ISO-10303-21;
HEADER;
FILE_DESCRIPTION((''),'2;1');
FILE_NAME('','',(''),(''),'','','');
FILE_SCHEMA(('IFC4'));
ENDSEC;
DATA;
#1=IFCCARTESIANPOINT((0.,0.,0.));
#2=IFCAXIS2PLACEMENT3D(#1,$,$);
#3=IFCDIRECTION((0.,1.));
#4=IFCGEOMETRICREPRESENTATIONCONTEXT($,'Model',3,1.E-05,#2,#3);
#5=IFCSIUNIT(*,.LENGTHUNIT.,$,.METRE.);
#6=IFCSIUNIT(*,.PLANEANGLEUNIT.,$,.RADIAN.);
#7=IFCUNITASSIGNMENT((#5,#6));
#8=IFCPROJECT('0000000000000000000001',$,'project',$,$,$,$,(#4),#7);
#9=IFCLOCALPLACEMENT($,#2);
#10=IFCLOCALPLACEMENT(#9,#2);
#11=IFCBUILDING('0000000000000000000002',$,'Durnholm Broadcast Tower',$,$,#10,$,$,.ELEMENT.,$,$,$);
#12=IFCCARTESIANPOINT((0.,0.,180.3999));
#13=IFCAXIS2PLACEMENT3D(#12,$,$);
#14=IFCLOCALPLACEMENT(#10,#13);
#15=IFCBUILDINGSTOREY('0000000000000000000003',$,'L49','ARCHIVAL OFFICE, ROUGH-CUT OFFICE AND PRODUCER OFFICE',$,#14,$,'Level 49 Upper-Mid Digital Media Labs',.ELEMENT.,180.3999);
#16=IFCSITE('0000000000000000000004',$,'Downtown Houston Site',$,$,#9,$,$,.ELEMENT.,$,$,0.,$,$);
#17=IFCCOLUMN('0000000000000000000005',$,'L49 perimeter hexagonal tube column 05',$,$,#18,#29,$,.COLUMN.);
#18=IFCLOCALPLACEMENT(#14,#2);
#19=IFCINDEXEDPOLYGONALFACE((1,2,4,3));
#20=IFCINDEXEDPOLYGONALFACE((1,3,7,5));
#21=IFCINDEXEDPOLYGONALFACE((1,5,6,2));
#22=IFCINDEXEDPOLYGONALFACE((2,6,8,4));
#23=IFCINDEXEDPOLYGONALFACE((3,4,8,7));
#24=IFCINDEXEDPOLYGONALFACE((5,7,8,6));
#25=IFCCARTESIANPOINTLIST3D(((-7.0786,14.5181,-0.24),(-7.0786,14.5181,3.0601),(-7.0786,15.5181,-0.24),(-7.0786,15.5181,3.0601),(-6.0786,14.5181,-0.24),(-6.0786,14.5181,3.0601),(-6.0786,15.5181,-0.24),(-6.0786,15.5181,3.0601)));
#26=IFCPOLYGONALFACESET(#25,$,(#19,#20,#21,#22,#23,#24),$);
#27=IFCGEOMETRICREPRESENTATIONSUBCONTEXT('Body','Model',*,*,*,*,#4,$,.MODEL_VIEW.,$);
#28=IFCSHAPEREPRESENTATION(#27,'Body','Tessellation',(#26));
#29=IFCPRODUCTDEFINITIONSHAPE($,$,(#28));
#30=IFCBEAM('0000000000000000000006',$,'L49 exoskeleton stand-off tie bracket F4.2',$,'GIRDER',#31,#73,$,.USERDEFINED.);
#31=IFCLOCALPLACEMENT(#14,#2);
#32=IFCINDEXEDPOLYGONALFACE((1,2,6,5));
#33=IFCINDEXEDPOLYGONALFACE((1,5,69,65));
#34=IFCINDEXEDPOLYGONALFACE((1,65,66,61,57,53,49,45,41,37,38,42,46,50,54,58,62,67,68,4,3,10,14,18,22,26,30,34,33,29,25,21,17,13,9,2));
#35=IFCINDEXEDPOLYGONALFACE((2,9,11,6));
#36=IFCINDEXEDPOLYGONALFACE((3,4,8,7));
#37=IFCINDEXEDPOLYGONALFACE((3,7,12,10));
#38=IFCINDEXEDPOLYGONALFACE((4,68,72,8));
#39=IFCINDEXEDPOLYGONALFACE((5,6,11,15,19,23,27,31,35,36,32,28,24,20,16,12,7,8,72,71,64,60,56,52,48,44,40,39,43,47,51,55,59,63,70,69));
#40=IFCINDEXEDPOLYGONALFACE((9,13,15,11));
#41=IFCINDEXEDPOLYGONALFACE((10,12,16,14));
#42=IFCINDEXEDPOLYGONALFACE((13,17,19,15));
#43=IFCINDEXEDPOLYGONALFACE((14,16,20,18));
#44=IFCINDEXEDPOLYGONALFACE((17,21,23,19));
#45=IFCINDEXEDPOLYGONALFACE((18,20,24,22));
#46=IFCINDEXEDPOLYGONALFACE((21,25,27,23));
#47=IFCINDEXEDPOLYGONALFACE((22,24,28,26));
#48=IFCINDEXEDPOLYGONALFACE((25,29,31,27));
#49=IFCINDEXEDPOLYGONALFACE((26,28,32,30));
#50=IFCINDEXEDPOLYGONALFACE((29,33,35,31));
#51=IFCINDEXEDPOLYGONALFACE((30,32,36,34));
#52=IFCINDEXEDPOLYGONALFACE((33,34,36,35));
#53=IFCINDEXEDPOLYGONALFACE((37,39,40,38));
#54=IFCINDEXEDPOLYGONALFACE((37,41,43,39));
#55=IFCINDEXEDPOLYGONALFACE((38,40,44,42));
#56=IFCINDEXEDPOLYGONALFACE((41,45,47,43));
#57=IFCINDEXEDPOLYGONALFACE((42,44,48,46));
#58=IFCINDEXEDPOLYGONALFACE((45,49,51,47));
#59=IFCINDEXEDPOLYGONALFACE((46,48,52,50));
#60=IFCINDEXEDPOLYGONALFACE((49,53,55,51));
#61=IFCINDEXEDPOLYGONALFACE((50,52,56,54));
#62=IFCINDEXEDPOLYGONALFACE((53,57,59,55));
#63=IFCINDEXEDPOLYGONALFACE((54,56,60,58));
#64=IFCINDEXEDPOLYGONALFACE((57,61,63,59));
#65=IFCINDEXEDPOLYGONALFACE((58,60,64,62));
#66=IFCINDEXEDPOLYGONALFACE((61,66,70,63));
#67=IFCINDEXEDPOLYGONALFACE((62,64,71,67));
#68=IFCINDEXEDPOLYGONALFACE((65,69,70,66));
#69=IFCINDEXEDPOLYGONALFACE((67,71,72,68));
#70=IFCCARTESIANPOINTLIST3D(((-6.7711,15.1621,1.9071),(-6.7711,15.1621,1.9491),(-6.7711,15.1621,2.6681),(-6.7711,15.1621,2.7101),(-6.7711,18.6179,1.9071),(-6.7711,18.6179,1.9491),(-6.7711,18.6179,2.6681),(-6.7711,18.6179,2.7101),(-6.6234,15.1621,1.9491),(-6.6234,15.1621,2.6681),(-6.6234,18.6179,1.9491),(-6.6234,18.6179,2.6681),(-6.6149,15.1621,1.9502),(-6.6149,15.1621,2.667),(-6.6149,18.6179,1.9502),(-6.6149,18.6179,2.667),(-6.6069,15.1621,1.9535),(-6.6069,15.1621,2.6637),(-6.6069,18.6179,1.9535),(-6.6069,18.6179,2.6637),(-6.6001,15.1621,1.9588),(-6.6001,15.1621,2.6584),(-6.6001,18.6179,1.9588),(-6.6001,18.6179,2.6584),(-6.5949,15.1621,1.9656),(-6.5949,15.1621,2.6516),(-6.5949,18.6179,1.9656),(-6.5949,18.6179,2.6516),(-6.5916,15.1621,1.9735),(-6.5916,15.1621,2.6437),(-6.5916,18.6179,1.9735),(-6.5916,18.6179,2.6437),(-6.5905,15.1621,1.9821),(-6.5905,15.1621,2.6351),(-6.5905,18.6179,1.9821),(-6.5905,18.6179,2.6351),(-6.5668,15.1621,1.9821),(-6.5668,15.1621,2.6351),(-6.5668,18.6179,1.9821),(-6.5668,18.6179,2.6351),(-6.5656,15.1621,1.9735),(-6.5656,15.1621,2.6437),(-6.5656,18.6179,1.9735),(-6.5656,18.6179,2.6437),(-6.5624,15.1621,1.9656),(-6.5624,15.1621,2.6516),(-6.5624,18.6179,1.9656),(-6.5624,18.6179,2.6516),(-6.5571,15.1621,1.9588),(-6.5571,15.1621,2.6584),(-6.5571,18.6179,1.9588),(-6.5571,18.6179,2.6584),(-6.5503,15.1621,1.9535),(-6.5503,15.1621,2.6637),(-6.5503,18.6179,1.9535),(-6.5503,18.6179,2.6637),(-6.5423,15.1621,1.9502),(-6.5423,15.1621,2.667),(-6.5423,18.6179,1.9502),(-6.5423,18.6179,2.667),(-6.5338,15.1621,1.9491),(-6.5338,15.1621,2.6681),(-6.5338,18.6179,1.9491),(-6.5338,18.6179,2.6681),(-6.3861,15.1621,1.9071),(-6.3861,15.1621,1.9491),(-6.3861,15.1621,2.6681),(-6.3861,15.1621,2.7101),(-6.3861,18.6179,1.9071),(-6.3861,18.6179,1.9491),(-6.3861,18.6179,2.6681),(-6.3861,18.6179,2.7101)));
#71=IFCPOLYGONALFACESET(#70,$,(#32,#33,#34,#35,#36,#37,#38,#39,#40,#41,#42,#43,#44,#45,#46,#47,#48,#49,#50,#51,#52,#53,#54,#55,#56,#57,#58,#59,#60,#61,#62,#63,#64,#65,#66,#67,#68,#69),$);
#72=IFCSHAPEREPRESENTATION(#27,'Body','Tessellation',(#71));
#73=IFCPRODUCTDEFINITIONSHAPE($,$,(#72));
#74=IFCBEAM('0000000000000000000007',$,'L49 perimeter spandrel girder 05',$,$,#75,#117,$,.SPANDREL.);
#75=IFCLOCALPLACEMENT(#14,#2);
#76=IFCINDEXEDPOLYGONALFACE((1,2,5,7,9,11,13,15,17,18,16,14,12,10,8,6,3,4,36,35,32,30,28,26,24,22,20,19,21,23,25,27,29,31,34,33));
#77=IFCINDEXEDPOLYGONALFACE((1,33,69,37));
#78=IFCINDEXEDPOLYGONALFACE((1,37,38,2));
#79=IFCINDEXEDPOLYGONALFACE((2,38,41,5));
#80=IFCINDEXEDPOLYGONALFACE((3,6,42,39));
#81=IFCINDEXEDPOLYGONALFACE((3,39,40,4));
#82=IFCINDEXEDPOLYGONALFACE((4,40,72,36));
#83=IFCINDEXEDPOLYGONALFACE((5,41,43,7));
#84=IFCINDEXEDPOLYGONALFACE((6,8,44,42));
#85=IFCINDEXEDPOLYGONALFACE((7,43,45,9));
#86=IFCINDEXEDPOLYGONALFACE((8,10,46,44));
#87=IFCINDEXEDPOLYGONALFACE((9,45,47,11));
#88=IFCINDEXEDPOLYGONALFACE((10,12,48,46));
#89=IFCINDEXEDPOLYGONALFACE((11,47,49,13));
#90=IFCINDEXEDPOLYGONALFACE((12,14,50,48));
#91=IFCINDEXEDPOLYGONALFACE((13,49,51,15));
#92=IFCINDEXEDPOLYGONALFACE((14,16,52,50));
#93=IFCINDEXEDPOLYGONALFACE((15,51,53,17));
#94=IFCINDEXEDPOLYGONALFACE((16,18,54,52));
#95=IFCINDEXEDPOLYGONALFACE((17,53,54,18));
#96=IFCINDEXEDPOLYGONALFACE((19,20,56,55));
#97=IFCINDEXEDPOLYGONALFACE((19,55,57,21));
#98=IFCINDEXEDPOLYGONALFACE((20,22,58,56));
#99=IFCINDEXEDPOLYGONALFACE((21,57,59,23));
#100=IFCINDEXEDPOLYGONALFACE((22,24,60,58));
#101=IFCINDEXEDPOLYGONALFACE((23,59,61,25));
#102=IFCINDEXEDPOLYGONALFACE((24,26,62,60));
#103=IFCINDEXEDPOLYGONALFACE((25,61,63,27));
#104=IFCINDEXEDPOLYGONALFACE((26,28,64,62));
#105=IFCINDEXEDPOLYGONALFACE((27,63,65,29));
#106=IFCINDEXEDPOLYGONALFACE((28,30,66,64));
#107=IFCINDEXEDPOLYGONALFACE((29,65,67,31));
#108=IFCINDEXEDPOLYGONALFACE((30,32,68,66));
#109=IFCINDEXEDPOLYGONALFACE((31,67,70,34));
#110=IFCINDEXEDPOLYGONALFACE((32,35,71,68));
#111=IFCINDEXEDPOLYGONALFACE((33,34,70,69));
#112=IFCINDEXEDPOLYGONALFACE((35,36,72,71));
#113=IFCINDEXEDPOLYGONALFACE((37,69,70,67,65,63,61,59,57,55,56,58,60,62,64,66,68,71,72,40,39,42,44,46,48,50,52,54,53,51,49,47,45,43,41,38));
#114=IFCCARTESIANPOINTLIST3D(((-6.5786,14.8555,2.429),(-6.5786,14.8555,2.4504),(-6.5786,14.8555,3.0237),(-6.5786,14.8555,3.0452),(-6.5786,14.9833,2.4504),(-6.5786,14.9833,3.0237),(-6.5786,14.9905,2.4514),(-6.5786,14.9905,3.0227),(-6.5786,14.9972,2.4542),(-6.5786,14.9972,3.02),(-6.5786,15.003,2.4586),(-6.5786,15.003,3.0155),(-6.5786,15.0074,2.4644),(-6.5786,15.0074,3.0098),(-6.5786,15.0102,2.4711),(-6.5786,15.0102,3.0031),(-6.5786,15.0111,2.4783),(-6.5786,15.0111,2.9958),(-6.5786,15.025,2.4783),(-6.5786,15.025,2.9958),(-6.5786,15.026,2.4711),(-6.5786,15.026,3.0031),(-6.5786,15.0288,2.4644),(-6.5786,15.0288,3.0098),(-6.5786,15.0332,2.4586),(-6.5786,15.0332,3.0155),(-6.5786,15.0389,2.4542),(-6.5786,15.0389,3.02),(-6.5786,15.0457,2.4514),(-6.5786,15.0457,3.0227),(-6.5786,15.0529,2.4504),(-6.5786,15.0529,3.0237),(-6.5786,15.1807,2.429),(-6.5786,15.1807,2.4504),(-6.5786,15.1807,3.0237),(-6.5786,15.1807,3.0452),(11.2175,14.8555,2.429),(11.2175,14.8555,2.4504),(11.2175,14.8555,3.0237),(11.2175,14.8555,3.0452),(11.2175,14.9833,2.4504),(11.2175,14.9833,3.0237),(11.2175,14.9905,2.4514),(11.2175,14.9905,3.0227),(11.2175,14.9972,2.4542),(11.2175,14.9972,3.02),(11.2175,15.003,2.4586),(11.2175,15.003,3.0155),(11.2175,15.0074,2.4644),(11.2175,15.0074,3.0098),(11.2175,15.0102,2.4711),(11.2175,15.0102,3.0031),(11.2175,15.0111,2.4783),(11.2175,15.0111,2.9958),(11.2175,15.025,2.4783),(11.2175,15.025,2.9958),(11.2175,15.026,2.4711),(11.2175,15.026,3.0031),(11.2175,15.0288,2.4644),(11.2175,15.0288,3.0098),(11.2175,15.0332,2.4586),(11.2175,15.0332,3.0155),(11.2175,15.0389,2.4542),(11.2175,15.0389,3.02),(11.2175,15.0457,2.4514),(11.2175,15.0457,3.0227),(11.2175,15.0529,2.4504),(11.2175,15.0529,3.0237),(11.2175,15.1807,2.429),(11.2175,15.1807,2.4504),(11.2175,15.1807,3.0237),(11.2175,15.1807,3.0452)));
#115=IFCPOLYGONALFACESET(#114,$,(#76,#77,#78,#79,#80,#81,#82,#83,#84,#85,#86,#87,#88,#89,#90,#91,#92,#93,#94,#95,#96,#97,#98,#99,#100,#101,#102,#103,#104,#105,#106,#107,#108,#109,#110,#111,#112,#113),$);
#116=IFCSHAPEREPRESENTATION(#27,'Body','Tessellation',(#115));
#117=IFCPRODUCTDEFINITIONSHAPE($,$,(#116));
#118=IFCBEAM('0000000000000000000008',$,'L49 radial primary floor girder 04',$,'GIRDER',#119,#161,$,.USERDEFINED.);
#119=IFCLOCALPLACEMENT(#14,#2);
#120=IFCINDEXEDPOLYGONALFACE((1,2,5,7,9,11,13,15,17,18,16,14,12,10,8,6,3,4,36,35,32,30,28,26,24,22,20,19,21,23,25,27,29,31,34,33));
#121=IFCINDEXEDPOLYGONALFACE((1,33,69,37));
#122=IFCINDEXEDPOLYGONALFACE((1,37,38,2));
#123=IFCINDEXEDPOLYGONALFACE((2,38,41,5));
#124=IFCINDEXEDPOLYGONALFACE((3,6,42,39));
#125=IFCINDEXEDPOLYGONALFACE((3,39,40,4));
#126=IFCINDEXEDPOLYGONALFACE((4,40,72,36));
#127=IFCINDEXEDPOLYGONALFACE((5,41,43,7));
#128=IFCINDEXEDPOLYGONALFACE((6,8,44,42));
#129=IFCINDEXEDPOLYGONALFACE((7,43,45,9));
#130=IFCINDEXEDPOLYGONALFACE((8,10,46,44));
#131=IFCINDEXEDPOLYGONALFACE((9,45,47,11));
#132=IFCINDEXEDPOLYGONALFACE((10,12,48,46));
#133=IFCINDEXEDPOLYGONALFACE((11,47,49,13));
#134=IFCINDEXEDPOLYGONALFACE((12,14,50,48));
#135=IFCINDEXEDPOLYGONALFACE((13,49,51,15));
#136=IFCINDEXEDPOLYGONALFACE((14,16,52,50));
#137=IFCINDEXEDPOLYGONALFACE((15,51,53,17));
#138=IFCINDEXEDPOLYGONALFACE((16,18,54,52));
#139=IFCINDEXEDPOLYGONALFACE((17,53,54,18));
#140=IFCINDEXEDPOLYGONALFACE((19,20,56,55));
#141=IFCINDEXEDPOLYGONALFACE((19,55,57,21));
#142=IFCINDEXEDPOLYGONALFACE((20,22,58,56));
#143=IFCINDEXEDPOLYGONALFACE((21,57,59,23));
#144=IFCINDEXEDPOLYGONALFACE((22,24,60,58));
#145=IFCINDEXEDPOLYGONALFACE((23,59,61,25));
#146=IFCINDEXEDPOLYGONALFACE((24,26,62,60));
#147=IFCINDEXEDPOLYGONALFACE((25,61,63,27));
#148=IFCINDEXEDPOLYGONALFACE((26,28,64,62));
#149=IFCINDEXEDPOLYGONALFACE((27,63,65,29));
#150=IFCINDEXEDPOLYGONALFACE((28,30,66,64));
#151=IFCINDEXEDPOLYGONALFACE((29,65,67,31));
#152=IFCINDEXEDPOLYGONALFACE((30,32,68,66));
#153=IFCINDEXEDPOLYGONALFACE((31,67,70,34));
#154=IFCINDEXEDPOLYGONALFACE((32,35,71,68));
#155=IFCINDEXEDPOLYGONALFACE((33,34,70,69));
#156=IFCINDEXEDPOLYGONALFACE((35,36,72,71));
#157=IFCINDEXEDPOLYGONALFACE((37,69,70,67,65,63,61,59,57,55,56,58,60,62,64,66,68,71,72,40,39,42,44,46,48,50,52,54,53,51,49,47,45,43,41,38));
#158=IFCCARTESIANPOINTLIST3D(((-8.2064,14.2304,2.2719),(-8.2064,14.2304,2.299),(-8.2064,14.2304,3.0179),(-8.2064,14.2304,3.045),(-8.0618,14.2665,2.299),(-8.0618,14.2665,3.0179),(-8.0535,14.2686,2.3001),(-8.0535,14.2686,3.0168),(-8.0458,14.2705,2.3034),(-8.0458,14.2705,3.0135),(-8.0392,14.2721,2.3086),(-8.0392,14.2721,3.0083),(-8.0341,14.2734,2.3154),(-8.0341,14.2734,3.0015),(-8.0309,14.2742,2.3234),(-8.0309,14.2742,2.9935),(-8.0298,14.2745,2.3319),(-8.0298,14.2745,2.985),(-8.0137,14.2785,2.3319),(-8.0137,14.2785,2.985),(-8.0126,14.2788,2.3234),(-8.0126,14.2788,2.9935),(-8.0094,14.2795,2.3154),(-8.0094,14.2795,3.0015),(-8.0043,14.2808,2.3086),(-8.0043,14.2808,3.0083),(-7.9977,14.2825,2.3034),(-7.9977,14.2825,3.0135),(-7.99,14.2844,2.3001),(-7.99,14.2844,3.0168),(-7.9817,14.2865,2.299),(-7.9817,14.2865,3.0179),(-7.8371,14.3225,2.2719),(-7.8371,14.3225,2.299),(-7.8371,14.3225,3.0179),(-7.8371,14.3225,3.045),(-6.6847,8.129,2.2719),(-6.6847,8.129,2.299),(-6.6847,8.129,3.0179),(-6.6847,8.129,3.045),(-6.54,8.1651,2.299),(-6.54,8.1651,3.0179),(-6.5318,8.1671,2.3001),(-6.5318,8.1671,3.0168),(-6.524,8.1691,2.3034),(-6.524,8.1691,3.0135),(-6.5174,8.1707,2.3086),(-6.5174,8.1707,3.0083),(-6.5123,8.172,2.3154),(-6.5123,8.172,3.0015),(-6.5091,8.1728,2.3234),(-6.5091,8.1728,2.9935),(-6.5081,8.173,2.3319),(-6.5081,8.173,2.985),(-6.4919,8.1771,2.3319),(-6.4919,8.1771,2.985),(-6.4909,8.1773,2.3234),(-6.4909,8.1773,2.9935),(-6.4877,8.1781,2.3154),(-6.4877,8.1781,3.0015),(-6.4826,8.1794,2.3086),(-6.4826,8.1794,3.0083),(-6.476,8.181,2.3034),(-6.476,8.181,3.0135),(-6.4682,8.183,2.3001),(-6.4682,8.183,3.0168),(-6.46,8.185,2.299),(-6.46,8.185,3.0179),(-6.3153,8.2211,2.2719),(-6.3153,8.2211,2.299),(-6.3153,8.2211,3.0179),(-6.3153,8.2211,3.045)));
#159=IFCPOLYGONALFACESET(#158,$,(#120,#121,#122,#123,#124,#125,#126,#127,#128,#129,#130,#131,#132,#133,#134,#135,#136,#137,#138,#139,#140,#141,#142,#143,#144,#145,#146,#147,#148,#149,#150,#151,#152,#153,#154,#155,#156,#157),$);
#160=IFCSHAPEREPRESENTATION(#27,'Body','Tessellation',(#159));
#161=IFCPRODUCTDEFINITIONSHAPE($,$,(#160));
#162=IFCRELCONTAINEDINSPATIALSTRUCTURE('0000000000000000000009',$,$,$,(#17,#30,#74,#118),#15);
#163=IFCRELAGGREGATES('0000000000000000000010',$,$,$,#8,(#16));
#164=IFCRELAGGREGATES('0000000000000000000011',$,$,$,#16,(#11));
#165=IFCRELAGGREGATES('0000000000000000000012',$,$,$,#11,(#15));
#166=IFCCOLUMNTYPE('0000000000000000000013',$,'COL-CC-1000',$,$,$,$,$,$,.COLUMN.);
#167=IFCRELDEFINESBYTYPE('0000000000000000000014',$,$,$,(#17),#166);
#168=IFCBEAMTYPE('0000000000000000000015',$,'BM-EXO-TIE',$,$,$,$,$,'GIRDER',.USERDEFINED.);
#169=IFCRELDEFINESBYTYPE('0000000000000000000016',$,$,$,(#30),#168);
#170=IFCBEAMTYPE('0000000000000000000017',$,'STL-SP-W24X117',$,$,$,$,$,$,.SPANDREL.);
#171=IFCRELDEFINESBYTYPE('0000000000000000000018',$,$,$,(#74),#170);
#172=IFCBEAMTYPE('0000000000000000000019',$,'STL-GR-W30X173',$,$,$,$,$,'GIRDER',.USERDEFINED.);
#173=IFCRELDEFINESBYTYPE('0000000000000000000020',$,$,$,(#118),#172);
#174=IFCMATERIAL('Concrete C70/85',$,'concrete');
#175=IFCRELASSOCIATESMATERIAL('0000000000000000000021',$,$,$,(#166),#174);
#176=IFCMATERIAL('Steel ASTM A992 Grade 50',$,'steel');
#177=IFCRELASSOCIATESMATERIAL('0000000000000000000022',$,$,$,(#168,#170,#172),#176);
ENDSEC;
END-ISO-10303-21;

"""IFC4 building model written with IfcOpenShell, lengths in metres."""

from ifc_helpers import new_model, si_unit, direction, frame, origin, origin_2d, place, context, subcontext, project, spatial, rectangle, i_section, extrude, source, transform, mapped, material, material_profile, profile_set, type_object, type_shapes, element, save


model = new_model("IFC4")

# Units and contexts
model_context = context("Model", 3, precision=1e-05, world=origin(), true_north=direction((0.0, 1.0)))
body_context = subcontext(model_context, "Body", "Model", "MODEL_VIEW")
ifc_project = project(units=[si_unit("LENGTHUNIT", "METRE"), si_unit("PLANEANGLEUNIT", "RADIAN")], contexts=[model_context])

# Site, building, storey
site_placement = place(None, origin())
site = spatial("IfcSite", under=ifc_project, at=site_placement, Name="Downtown Houston Site", CompositionType="ELEMENT", RefElevation=0.0)
building_placement = place(site_placement, origin())
building = spatial("IfcBuilding", under=site, at=building_placement, Name="Durnholm Broadcast Tower", CompositionType="ELEMENT")
storey_placement = place(building_placement, frame((0.0, 0.0, 180.3999)))
storey = spatial("IfcBuildingStorey", under=building, at=storey_placement, Name="L49", Description="ARCHIVAL OFFICE, ROUGH-CUT OFFICE AND PRODUCER OFFICE", LongName="Level 49 Upper-Mid Digital Media Labs", CompositionType="ELEMENT", Elevation=180.3999)

# Column
ifc_material_1 = material(Name="Concrete C70/85", Category="concrete")
ifc_material_profile_1 = material_profile(ifc_material_1, rectangle(XDim=1.0, YDim=1.0, at=origin_2d()), Name="RC1000X1000")
ifc_profile_set_1 = profile_set([ifc_material_profile_1], Name="Concrete C70/85")
column_type = type_object("IfcColumnType", Name="COL-CC-1000", PredefinedType="COLUMN", material=ifc_profile_set_1)
shared_shape_1 = source(origin(), body_context, "Body", "SweptSolid", [
    extrude(rectangle(XDim=1.0, YDim=1.0, at=origin_2d()), origin(), (0.0, 0.0, 1.0), 3.3),
])
type_shapes(column_type, [shared_shape_1])
column_placement = place(storey_placement, frame((-6.5786, 15.0181, -0.24), z_axis=(0.0, 0.0, 1.0), x_axis=(1.0, 0.0, 0.0)))
element("IfcColumn", 1, at=column_placement, inside=storey, type_object=column_type, Name="L49 perimeter hexagonal tube column 05", PredefinedType="COLUMN", context=body_context, shape_type="MappedRepresentation", body=[
    mapped(shared_shape_1, transform((0.0, 0.0, 0.0), x_axis=(1.0, 0.0, 0.0), y_axis=(0.0, 1.0, 0.0), z_axis=(0.0, 0.0, 1.0), scale=1.0)),
])

# Beams
ifc_material_2 = material(Name="Steel ASTM A992 Grade 50", Category="steel")
ifc_material_profile_2 = material_profile(ifc_material_2, i_section(OverallWidth=0.385, OverallDepth=0.803, WebThickness=0.0237, FlangeThickness=0.042, FilletRadius=0.033, at=origin_2d()), Name="W30X261")
ifc_profile_set_2 = profile_set([ifc_material_profile_2], Name="Steel ASTM A992 Grade 50")
beam_type_1 = type_object("IfcBeamType", Name="BM-EXO-TIE", ElementType="GIRDER", PredefinedType="USERDEFINED", material=ifc_profile_set_2)
shared_shape_2 = source(origin(), body_context, "Body", "SweptSolid", [
    extrude(i_section(OverallWidth=0.385, OverallDepth=0.803, WebThickness=0.0237, FlangeThickness=0.042, FilletRadius=0.033, at=origin_2d()), origin(), (0.0, 0.0, 1.0), 3.4558),
])
type_shapes(beam_type_1, [shared_shape_2])
beam_1_placement = place(storey_placement, frame((-6.5786, 15.1621, 2.3086), z_axis=(0.0, 1.0, 0.0), x_axis=(-1.0, 0.0, 0.0)))
element("IfcBeam", 2, at=beam_1_placement, inside=storey, type_object=beam_type_1, Name="L49 exoskeleton stand-off tie bracket F4.2", ObjectType="GIRDER", PredefinedType="USERDEFINED", context=body_context, shape_type="MappedRepresentation", body=[
    mapped(shared_shape_2, transform((0.0, 0.0, 0.0), x_axis=(1.0, 0.0, 0.0), y_axis=(0.0, 1.0, 0.0), z_axis=(0.0, 0.0, 1.0), scale=1.0)),
])
ifc_material_profile_3 = material_profile(ifc_material_2, i_section(OverallWidth=0.3252, OverallDepth=0.6162, WebThickness=0.0139, FlangeThickness=0.0215, FilletRadius=0.0278, at=origin_2d()), Name="W24X117")
ifc_profile_set_3 = profile_set([ifc_material_profile_3], Name="Steel ASTM A992 Grade 50")
beam_type_2 = type_object("IfcBeamType", Name="STL-SP-W24X117", PredefinedType="SPANDREL", material=ifc_profile_set_3)
shared_shape_3 = source(origin(), body_context, "Body", "SweptSolid", [
    extrude(i_section(OverallWidth=0.3252, OverallDepth=0.6162, WebThickness=0.0139, FlangeThickness=0.0215, FilletRadius=0.0278, at=origin_2d()), origin(), (0.0, 0.0, 1.0), 17.7961),
])
type_shapes(beam_type_2, [shared_shape_3])
beam_2_placement = place(storey_placement, frame((-6.5786, 15.0181, 2.7371), z_axis=(1.0, 0.0, 0.0), x_axis=(0.0, 1.0, 0.0)))
element("IfcBeam", 3, at=beam_2_placement, inside=storey, type_object=beam_type_2, Name="L49 perimeter spandrel girder 05", PredefinedType="SPANDREL", context=body_context, shape_type="MappedRepresentation", body=[
    mapped(shared_shape_3, transform((0.0, 0.0, 0.0), x_axis=(1.0, 0.0, 0.0), y_axis=(0.0, 1.0, 0.0), z_axis=(0.0, 0.0, 1.0), scale=1.0)),
])
ifc_material_profile_4 = material_profile(ifc_material_2, i_section(OverallWidth=0.3806, OverallDepth=0.7732, WebThickness=0.0166, FlangeThickness=0.0271, FilletRadius=0.033, at=origin_2d()), Name="W30X173")
ifc_profile_set_4 = profile_set([ifc_material_profile_4], Name="Steel ASTM A992 Grade 50")
beam_type_3 = type_object("IfcBeamType", Name="STL-GR-W30X173", ElementType="GIRDER", PredefinedType="USERDEFINED", material=ifc_profile_set_4)
shared_shape_4 = source(origin(), body_context, "Body", "SweptSolid", [
    extrude(i_section(OverallWidth=0.3806, OverallDepth=0.7732, WebThickness=0.0166, FlangeThickness=0.0271, FilletRadius=0.033, at=origin_2d()), origin(), (0.0, 0.0, 1.0), 6.2883),
])
beam_3_placement = place(storey_placement, frame((-6.5, 8.175, 2.6584), z_axis=(-0.241997, 0.970277, 0.0), x_axis=(-0.970277, -0.241997, 0.0)))
element("IfcBeam", 4, at=beam_3_placement, inside=storey, type_object=beam_type_3, Name="L49 radial primary floor girder 04", ObjectType="GIRDER", PredefinedType="USERDEFINED", context=body_context, shape_type="MappedRepresentation", body=[
    mapped(shared_shape_4, transform((0.0, 0.0, 0.0), x_axis=(1.0, 0.0, 0.0), y_axis=(0.0, 1.0, 0.0), z_axis=(0.0, 0.0, 1.0), scale=1.0)),
])

save(model, "model.ifc")
